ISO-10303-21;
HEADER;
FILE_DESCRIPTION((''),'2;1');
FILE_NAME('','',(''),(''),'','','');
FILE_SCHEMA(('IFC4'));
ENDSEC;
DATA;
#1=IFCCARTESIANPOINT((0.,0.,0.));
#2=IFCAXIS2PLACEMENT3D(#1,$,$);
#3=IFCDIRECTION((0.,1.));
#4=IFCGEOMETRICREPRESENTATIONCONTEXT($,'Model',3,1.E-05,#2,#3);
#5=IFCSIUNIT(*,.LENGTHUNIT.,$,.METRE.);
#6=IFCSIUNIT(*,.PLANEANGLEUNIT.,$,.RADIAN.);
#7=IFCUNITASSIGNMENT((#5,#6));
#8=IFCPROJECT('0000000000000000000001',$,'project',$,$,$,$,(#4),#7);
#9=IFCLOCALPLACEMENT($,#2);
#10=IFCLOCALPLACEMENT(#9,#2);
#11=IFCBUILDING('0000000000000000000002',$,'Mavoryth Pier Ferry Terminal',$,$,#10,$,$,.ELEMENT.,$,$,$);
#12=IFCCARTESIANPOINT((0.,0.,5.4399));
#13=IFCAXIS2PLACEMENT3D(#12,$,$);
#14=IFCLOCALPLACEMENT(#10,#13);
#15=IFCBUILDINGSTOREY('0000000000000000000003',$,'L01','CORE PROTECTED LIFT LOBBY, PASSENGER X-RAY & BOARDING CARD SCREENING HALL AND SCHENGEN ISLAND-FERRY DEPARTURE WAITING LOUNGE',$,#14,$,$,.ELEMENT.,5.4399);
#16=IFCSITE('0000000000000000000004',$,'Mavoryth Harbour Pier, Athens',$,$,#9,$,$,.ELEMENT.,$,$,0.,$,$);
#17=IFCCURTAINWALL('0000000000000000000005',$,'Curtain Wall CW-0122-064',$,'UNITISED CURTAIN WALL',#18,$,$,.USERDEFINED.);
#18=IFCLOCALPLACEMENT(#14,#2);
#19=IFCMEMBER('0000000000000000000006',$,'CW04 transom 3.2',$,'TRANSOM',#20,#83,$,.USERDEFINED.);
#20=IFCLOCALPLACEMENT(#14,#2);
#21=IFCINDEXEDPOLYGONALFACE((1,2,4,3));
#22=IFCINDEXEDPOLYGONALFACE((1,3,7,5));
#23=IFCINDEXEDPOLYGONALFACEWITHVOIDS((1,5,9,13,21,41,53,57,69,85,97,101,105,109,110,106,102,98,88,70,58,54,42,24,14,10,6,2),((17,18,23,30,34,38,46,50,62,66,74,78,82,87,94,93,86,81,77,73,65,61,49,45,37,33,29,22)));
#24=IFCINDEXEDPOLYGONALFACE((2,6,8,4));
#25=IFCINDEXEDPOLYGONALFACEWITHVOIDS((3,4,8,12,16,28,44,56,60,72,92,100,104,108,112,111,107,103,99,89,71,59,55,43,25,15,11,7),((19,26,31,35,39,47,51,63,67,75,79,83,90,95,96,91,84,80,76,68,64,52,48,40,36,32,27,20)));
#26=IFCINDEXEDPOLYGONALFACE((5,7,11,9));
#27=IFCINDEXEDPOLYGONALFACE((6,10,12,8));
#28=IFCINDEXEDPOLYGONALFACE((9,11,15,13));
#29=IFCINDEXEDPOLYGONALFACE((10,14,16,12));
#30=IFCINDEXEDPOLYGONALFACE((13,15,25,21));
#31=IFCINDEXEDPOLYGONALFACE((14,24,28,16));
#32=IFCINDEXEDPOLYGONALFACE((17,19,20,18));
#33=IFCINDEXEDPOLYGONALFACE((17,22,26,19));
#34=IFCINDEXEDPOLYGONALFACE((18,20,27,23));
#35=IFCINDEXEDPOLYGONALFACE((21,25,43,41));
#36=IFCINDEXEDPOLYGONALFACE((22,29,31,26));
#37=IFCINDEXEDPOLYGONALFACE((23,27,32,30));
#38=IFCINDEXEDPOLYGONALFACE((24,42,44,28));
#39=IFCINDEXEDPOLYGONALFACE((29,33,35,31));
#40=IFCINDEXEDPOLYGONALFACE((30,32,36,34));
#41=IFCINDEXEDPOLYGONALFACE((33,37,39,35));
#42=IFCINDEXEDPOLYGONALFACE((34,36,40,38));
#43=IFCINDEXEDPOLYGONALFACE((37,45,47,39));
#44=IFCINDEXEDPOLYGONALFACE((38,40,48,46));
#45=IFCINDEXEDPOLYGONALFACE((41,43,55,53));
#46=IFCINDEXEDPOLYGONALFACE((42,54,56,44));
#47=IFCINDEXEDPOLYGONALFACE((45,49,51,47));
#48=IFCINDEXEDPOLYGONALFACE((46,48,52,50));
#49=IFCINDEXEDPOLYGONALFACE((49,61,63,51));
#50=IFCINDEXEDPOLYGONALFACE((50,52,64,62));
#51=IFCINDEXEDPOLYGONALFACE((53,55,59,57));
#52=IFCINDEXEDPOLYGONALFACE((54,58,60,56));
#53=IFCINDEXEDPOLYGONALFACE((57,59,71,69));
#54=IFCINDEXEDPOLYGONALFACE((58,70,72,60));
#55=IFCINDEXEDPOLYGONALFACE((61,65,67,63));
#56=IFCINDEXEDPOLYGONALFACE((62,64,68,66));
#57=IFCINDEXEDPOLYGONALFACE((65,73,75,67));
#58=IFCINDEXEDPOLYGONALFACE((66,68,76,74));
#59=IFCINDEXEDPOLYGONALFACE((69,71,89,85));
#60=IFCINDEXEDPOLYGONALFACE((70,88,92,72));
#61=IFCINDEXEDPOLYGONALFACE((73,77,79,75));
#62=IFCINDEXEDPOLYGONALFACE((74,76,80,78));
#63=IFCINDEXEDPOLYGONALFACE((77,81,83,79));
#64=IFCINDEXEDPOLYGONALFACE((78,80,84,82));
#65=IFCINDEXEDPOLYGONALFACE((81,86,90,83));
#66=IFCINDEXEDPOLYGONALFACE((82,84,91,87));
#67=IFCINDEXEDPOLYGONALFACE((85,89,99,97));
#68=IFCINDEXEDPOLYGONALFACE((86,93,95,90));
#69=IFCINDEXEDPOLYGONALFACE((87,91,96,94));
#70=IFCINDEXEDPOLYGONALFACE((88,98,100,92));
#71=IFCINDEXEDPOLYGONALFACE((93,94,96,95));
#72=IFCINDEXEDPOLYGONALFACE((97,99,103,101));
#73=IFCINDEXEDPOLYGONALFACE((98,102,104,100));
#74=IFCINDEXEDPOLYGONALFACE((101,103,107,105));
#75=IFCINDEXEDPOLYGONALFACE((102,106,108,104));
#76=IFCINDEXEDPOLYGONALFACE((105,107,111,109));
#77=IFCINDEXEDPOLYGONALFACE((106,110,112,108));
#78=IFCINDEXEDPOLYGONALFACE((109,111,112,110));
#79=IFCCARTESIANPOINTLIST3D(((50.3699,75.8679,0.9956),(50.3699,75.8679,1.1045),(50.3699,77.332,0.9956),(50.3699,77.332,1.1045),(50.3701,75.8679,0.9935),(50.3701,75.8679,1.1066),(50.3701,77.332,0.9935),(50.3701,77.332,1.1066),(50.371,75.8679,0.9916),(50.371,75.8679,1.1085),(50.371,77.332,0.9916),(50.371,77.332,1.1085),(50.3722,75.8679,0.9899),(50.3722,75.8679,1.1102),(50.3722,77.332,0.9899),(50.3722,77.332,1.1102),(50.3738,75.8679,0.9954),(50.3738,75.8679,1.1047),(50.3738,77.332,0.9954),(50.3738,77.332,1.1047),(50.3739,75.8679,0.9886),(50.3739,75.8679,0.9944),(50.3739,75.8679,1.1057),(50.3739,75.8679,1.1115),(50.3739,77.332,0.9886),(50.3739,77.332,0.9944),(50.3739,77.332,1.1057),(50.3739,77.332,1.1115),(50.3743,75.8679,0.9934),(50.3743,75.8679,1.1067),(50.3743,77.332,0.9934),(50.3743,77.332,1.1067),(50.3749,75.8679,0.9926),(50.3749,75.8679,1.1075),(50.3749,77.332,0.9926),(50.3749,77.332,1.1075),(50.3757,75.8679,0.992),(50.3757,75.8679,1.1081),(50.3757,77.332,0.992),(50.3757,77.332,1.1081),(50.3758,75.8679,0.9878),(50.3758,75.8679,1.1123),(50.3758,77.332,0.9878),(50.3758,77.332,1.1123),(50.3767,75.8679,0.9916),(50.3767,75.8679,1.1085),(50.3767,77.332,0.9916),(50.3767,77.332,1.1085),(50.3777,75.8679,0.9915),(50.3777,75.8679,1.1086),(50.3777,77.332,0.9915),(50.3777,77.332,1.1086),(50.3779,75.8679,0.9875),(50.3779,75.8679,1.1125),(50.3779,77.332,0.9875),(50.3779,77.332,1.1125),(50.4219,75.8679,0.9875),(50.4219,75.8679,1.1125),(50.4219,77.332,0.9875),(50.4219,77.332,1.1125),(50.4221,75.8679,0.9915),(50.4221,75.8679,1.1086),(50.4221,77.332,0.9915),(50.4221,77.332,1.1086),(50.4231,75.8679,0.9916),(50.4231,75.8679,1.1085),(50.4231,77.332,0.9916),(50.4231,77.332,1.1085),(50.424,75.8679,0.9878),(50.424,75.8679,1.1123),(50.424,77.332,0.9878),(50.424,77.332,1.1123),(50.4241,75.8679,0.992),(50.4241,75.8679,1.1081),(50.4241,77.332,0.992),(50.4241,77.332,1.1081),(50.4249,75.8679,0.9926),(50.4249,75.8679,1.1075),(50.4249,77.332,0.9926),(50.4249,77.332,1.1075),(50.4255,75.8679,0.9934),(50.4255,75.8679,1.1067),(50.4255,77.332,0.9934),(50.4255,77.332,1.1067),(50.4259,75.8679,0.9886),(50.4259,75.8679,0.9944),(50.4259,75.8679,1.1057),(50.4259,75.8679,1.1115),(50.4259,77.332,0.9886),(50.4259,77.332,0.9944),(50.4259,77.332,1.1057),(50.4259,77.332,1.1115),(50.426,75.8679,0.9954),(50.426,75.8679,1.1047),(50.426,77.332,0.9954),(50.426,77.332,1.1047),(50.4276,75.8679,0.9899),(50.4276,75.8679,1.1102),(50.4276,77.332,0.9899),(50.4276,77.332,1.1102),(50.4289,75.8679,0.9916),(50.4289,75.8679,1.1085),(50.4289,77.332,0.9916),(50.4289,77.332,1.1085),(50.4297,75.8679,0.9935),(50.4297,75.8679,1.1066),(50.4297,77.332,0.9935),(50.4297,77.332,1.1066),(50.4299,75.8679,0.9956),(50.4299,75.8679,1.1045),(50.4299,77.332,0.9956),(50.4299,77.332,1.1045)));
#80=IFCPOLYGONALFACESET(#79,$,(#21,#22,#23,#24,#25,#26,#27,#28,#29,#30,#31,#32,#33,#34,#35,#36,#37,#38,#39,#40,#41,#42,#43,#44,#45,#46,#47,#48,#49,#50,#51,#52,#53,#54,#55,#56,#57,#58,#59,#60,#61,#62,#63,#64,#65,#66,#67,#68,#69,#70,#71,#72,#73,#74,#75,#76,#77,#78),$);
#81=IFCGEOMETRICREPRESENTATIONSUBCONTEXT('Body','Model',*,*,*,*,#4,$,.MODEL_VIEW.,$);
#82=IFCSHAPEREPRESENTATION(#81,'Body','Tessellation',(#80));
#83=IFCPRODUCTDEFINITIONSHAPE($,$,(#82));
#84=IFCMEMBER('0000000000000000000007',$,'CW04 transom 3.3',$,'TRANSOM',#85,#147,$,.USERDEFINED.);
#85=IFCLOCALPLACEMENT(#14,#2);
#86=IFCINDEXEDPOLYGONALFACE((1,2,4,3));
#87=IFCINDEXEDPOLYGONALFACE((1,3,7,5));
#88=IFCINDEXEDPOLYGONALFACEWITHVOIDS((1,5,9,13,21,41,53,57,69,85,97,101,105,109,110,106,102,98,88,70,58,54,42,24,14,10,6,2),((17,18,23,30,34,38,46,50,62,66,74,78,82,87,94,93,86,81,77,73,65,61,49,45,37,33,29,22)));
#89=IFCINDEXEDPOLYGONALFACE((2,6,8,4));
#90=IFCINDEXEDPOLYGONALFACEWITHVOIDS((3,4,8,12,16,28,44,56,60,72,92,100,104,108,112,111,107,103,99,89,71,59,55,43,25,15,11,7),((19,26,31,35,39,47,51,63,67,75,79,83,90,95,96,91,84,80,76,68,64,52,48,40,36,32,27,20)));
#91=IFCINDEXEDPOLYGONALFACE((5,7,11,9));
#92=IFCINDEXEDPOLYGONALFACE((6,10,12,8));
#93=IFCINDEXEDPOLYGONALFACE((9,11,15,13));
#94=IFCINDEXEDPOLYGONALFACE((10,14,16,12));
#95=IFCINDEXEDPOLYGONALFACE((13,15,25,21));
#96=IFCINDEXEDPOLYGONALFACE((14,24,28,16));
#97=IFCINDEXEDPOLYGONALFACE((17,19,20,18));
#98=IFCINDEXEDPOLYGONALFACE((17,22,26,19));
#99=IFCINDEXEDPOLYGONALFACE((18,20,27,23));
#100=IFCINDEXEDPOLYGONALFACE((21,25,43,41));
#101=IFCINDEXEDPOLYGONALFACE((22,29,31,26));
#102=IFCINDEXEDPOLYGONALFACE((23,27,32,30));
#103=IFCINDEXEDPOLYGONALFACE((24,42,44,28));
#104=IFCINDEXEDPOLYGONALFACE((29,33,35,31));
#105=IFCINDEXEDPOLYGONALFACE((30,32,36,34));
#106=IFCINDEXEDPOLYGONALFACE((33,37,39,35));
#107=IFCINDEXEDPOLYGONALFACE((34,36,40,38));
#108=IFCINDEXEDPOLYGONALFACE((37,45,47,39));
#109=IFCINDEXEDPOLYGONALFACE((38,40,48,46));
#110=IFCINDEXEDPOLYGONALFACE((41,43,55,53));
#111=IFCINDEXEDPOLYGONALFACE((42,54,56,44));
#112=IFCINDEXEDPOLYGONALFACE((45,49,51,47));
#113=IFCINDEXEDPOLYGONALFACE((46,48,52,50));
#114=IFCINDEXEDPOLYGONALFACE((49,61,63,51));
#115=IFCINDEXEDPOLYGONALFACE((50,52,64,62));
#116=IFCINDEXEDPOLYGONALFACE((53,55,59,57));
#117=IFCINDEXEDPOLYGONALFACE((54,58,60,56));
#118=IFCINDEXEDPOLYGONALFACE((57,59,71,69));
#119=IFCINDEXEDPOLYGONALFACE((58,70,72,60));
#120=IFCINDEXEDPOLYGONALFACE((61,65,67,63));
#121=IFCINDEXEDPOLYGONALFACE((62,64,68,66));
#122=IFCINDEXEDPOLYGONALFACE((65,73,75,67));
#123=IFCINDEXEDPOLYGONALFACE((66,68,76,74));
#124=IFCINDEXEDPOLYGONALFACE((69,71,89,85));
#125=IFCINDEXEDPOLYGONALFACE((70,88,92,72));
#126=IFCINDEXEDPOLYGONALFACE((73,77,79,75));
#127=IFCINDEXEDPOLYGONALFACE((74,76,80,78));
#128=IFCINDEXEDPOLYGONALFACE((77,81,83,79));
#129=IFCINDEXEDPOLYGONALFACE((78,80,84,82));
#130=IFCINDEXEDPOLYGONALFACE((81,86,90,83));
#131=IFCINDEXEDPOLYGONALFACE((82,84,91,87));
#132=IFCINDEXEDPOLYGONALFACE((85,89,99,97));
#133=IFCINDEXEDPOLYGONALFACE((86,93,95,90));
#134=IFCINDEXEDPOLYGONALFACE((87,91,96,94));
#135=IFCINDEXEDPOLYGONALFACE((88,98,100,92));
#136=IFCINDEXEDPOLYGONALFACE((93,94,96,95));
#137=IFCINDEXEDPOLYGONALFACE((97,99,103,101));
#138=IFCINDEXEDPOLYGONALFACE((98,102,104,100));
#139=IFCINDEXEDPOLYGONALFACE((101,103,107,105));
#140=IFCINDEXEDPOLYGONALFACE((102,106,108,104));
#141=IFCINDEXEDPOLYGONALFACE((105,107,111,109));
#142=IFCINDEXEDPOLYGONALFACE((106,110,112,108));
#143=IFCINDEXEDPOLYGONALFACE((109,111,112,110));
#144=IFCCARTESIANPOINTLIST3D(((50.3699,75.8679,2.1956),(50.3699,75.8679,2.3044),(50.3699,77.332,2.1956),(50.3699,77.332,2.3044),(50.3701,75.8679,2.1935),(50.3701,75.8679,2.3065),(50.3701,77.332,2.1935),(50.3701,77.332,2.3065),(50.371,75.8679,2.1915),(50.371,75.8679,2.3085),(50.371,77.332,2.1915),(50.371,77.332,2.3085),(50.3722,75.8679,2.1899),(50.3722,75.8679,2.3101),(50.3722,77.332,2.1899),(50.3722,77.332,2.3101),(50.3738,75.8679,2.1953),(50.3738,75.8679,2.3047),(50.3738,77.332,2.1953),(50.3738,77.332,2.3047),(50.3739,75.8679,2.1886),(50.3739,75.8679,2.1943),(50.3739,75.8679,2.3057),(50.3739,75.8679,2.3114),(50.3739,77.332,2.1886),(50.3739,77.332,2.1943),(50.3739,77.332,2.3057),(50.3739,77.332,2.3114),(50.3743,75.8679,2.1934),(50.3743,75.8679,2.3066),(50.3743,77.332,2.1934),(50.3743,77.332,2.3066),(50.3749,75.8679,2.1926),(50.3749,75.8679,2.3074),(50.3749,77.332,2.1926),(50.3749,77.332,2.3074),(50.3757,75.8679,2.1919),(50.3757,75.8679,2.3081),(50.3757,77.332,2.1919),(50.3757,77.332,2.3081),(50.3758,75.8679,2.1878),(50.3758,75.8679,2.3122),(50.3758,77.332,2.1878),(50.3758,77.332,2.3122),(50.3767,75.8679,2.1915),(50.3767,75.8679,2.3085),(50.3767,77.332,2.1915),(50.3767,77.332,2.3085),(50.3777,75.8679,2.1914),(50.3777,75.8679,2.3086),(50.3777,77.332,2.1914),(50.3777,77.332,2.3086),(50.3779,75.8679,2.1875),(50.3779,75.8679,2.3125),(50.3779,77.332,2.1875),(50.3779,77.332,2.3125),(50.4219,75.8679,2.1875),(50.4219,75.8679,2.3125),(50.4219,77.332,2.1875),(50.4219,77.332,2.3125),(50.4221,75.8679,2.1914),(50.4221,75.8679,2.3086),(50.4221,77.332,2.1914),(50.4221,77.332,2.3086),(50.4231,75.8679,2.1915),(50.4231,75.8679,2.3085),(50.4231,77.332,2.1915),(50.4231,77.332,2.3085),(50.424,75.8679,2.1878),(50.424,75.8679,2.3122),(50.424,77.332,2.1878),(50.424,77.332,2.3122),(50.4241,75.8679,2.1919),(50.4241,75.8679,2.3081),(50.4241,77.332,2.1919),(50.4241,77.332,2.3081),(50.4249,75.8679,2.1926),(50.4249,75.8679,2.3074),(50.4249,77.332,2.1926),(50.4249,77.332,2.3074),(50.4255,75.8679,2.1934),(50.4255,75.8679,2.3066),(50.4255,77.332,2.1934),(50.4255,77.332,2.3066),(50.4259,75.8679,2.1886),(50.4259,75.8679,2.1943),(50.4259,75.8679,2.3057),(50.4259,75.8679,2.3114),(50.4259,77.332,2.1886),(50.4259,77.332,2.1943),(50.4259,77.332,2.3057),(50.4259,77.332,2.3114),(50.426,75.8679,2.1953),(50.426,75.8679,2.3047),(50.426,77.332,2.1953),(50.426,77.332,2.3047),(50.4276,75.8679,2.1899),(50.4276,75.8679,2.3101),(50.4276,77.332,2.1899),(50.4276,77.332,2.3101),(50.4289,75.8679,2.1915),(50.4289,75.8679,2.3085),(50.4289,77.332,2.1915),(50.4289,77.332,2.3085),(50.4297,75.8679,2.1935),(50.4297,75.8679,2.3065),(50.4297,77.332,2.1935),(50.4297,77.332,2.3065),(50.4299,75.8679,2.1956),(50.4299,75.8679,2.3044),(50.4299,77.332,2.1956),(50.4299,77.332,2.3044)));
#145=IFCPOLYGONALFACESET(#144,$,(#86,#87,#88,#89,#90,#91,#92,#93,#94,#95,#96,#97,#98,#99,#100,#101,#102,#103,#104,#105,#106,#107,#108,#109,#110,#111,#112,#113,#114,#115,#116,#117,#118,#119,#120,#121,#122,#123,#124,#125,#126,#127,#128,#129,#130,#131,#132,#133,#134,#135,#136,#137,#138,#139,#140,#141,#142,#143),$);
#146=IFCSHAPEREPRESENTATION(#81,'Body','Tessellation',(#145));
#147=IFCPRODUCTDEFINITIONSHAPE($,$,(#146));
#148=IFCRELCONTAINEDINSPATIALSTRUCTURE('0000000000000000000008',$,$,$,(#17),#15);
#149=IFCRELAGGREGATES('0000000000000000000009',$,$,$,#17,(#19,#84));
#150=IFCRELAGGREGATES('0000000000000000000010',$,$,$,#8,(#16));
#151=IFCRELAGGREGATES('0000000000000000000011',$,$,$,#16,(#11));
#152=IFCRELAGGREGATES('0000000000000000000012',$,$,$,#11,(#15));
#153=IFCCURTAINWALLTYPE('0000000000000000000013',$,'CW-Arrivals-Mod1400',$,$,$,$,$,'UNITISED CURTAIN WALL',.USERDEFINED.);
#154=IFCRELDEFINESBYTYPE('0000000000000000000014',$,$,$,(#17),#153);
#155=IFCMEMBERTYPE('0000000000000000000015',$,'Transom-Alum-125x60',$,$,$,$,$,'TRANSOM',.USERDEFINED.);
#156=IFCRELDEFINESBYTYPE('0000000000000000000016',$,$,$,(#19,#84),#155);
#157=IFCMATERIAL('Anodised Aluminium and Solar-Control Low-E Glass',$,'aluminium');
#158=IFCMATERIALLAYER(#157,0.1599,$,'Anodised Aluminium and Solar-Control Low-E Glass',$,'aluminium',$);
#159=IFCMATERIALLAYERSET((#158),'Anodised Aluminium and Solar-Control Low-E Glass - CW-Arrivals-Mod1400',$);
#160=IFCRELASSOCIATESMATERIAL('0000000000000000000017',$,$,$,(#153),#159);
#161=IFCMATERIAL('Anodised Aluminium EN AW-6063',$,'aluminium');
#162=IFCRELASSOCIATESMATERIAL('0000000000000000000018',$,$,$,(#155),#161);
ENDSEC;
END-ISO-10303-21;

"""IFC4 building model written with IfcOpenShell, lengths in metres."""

from ifc_helpers import new_model, si_unit, direction, frame, origin, origin_2d, place, context, subcontext, project, spatial, hollow_rectangle, extrude, material, layer, layer_set, material_profile, profile_set, type_object, element, aggregate, save


model = new_model("IFC4")

# Units and contexts
model_context = context("Model", 3, precision=1e-05, world=origin(), true_north=direction((0.0, 1.0)))
body_context = subcontext(model_context, "Body", "Model", "MODEL_VIEW")
ifc_project = project(units=[si_unit("LENGTHUNIT", "METRE"), si_unit("PLANEANGLEUNIT", "RADIAN")], contexts=[model_context])

# Site, building, storey
site_placement = place(None, origin())
site = spatial("IfcSite", under=ifc_project, at=site_placement, Name="Mavoryth Harbour Pier, Athens", CompositionType="ELEMENT", RefElevation=0.0)
building_placement = place(site_placement, origin())
building = spatial("IfcBuilding", under=site, at=building_placement, Name="Mavoryth Pier Ferry Terminal", CompositionType="ELEMENT")
storey_placement = place(building_placement, frame((0.0, 0.0, 5.4399)))
storey = spatial("IfcBuildingStorey", under=building, at=storey_placement, Name="L01", Description="CORE PROTECTED LIFT LOBBY, PASSENGER X-RAY & BOARDING CARD SCREENING HALL AND SCHENGEN ISLAND-FERRY DEPARTURE WAITING LOUNGE", CompositionType="ELEMENT", Elevation=5.4399)

# Curtain wall, members
ifc_material_1 = material(Name="Anodised Aluminium and Solar-Control Low-E Glass", Category="aluminium")
ifc_layer_1 = layer(ifc_material_1, 0.1599, Name="Anodised Aluminium and Solar-Control Low-E Glass", Category="aluminium")
ifc_layer_set_1 = layer_set([ifc_layer_1], Name="Anodised Aluminium and Solar-Control Low-E Glass - CW-Arrivals-Mod1400")
curtain_wall_type = type_object("IfcCurtainWallType", Name="CW-Arrivals-Mod1400", ElementType="UNITISED CURTAIN WALL", PredefinedType="USERDEFINED", material=ifc_layer_set_1)
curtain_wall_placement = place(storey_placement, origin())
curtain_wall = element("IfcCurtainWall", 1, at=curtain_wall_placement, inside=storey, type_object=curtain_wall_type, Name="Curtain Wall CW-0122-064", ObjectType="UNITISED CURTAIN WALL", PredefinedType="USERDEFINED")
ifc_material_2 = material(Name="Anodised Aluminium EN AW-6063", Category="aluminium")
ifc_material_profile_1 = material_profile(ifc_material_2, hollow_rectangle(XDim=0.0601, YDim=0.125, WallThickness=0.0039, InnerFilletRadius=0.0039, OuterFilletRadius=0.0081, at=origin_2d()), Name="AL-TRAN 125x60x4", Category="aluminium")
ifc_profile_set_1 = profile_set([ifc_material_profile_1], Name="Anodised Aluminium EN AW-6063 - AL-TRAN 125x60x4")
member_type_1 = type_object("IfcMemberType", Name="Transom-Alum-125x60", ElementType="TRANSOM", PredefinedType="USERDEFINED", material=ifc_profile_set_1)
member_1_placement = place(storey_placement, frame((50.3999, 77.332, 1.05), z_axis=(0.0, -1.0, 0.0), x_axis=(1.0, 0.0, 0.0)))
member_1 = element("IfcMember", 2, at=member_1_placement, type_object=member_type_1, Name="CW04 transom 3.2", ObjectType="TRANSOM", PredefinedType="USERDEFINED", context=body_context, shape_type="SweptSolid", body=[
    extrude(hollow_rectangle(XDim=0.0601, YDim=0.125, WallThickness=0.0039, InnerFilletRadius=0.0039, OuterFilletRadius=0.0081, at=origin_2d()), origin(), (0.0, 0.0, 1.0), 1.4641),
])
member_2_placement = place(storey_placement, frame((50.3999, 77.332, 2.25), z_axis=(0.0, -1.0, 0.0), x_axis=(1.0, 0.0, 0.0)))
member_2 = element("IfcMember", 3, at=member_2_placement, type_object=member_type_1, Name="CW04 transom 3.3", ObjectType="TRANSOM", PredefinedType="USERDEFINED", context=body_context, shape_type="SweptSolid", body=[
    extrude(hollow_rectangle(XDim=0.0601, YDim=0.125, WallThickness=0.0039, InnerFilletRadius=0.0039, OuterFilletRadius=0.0081, at=origin_2d()), origin(), (0.0, 0.0, 1.0), 1.4641),
])
aggregate(curtain_wall, [member_1, member_2])

save(model, "model.ifc")
